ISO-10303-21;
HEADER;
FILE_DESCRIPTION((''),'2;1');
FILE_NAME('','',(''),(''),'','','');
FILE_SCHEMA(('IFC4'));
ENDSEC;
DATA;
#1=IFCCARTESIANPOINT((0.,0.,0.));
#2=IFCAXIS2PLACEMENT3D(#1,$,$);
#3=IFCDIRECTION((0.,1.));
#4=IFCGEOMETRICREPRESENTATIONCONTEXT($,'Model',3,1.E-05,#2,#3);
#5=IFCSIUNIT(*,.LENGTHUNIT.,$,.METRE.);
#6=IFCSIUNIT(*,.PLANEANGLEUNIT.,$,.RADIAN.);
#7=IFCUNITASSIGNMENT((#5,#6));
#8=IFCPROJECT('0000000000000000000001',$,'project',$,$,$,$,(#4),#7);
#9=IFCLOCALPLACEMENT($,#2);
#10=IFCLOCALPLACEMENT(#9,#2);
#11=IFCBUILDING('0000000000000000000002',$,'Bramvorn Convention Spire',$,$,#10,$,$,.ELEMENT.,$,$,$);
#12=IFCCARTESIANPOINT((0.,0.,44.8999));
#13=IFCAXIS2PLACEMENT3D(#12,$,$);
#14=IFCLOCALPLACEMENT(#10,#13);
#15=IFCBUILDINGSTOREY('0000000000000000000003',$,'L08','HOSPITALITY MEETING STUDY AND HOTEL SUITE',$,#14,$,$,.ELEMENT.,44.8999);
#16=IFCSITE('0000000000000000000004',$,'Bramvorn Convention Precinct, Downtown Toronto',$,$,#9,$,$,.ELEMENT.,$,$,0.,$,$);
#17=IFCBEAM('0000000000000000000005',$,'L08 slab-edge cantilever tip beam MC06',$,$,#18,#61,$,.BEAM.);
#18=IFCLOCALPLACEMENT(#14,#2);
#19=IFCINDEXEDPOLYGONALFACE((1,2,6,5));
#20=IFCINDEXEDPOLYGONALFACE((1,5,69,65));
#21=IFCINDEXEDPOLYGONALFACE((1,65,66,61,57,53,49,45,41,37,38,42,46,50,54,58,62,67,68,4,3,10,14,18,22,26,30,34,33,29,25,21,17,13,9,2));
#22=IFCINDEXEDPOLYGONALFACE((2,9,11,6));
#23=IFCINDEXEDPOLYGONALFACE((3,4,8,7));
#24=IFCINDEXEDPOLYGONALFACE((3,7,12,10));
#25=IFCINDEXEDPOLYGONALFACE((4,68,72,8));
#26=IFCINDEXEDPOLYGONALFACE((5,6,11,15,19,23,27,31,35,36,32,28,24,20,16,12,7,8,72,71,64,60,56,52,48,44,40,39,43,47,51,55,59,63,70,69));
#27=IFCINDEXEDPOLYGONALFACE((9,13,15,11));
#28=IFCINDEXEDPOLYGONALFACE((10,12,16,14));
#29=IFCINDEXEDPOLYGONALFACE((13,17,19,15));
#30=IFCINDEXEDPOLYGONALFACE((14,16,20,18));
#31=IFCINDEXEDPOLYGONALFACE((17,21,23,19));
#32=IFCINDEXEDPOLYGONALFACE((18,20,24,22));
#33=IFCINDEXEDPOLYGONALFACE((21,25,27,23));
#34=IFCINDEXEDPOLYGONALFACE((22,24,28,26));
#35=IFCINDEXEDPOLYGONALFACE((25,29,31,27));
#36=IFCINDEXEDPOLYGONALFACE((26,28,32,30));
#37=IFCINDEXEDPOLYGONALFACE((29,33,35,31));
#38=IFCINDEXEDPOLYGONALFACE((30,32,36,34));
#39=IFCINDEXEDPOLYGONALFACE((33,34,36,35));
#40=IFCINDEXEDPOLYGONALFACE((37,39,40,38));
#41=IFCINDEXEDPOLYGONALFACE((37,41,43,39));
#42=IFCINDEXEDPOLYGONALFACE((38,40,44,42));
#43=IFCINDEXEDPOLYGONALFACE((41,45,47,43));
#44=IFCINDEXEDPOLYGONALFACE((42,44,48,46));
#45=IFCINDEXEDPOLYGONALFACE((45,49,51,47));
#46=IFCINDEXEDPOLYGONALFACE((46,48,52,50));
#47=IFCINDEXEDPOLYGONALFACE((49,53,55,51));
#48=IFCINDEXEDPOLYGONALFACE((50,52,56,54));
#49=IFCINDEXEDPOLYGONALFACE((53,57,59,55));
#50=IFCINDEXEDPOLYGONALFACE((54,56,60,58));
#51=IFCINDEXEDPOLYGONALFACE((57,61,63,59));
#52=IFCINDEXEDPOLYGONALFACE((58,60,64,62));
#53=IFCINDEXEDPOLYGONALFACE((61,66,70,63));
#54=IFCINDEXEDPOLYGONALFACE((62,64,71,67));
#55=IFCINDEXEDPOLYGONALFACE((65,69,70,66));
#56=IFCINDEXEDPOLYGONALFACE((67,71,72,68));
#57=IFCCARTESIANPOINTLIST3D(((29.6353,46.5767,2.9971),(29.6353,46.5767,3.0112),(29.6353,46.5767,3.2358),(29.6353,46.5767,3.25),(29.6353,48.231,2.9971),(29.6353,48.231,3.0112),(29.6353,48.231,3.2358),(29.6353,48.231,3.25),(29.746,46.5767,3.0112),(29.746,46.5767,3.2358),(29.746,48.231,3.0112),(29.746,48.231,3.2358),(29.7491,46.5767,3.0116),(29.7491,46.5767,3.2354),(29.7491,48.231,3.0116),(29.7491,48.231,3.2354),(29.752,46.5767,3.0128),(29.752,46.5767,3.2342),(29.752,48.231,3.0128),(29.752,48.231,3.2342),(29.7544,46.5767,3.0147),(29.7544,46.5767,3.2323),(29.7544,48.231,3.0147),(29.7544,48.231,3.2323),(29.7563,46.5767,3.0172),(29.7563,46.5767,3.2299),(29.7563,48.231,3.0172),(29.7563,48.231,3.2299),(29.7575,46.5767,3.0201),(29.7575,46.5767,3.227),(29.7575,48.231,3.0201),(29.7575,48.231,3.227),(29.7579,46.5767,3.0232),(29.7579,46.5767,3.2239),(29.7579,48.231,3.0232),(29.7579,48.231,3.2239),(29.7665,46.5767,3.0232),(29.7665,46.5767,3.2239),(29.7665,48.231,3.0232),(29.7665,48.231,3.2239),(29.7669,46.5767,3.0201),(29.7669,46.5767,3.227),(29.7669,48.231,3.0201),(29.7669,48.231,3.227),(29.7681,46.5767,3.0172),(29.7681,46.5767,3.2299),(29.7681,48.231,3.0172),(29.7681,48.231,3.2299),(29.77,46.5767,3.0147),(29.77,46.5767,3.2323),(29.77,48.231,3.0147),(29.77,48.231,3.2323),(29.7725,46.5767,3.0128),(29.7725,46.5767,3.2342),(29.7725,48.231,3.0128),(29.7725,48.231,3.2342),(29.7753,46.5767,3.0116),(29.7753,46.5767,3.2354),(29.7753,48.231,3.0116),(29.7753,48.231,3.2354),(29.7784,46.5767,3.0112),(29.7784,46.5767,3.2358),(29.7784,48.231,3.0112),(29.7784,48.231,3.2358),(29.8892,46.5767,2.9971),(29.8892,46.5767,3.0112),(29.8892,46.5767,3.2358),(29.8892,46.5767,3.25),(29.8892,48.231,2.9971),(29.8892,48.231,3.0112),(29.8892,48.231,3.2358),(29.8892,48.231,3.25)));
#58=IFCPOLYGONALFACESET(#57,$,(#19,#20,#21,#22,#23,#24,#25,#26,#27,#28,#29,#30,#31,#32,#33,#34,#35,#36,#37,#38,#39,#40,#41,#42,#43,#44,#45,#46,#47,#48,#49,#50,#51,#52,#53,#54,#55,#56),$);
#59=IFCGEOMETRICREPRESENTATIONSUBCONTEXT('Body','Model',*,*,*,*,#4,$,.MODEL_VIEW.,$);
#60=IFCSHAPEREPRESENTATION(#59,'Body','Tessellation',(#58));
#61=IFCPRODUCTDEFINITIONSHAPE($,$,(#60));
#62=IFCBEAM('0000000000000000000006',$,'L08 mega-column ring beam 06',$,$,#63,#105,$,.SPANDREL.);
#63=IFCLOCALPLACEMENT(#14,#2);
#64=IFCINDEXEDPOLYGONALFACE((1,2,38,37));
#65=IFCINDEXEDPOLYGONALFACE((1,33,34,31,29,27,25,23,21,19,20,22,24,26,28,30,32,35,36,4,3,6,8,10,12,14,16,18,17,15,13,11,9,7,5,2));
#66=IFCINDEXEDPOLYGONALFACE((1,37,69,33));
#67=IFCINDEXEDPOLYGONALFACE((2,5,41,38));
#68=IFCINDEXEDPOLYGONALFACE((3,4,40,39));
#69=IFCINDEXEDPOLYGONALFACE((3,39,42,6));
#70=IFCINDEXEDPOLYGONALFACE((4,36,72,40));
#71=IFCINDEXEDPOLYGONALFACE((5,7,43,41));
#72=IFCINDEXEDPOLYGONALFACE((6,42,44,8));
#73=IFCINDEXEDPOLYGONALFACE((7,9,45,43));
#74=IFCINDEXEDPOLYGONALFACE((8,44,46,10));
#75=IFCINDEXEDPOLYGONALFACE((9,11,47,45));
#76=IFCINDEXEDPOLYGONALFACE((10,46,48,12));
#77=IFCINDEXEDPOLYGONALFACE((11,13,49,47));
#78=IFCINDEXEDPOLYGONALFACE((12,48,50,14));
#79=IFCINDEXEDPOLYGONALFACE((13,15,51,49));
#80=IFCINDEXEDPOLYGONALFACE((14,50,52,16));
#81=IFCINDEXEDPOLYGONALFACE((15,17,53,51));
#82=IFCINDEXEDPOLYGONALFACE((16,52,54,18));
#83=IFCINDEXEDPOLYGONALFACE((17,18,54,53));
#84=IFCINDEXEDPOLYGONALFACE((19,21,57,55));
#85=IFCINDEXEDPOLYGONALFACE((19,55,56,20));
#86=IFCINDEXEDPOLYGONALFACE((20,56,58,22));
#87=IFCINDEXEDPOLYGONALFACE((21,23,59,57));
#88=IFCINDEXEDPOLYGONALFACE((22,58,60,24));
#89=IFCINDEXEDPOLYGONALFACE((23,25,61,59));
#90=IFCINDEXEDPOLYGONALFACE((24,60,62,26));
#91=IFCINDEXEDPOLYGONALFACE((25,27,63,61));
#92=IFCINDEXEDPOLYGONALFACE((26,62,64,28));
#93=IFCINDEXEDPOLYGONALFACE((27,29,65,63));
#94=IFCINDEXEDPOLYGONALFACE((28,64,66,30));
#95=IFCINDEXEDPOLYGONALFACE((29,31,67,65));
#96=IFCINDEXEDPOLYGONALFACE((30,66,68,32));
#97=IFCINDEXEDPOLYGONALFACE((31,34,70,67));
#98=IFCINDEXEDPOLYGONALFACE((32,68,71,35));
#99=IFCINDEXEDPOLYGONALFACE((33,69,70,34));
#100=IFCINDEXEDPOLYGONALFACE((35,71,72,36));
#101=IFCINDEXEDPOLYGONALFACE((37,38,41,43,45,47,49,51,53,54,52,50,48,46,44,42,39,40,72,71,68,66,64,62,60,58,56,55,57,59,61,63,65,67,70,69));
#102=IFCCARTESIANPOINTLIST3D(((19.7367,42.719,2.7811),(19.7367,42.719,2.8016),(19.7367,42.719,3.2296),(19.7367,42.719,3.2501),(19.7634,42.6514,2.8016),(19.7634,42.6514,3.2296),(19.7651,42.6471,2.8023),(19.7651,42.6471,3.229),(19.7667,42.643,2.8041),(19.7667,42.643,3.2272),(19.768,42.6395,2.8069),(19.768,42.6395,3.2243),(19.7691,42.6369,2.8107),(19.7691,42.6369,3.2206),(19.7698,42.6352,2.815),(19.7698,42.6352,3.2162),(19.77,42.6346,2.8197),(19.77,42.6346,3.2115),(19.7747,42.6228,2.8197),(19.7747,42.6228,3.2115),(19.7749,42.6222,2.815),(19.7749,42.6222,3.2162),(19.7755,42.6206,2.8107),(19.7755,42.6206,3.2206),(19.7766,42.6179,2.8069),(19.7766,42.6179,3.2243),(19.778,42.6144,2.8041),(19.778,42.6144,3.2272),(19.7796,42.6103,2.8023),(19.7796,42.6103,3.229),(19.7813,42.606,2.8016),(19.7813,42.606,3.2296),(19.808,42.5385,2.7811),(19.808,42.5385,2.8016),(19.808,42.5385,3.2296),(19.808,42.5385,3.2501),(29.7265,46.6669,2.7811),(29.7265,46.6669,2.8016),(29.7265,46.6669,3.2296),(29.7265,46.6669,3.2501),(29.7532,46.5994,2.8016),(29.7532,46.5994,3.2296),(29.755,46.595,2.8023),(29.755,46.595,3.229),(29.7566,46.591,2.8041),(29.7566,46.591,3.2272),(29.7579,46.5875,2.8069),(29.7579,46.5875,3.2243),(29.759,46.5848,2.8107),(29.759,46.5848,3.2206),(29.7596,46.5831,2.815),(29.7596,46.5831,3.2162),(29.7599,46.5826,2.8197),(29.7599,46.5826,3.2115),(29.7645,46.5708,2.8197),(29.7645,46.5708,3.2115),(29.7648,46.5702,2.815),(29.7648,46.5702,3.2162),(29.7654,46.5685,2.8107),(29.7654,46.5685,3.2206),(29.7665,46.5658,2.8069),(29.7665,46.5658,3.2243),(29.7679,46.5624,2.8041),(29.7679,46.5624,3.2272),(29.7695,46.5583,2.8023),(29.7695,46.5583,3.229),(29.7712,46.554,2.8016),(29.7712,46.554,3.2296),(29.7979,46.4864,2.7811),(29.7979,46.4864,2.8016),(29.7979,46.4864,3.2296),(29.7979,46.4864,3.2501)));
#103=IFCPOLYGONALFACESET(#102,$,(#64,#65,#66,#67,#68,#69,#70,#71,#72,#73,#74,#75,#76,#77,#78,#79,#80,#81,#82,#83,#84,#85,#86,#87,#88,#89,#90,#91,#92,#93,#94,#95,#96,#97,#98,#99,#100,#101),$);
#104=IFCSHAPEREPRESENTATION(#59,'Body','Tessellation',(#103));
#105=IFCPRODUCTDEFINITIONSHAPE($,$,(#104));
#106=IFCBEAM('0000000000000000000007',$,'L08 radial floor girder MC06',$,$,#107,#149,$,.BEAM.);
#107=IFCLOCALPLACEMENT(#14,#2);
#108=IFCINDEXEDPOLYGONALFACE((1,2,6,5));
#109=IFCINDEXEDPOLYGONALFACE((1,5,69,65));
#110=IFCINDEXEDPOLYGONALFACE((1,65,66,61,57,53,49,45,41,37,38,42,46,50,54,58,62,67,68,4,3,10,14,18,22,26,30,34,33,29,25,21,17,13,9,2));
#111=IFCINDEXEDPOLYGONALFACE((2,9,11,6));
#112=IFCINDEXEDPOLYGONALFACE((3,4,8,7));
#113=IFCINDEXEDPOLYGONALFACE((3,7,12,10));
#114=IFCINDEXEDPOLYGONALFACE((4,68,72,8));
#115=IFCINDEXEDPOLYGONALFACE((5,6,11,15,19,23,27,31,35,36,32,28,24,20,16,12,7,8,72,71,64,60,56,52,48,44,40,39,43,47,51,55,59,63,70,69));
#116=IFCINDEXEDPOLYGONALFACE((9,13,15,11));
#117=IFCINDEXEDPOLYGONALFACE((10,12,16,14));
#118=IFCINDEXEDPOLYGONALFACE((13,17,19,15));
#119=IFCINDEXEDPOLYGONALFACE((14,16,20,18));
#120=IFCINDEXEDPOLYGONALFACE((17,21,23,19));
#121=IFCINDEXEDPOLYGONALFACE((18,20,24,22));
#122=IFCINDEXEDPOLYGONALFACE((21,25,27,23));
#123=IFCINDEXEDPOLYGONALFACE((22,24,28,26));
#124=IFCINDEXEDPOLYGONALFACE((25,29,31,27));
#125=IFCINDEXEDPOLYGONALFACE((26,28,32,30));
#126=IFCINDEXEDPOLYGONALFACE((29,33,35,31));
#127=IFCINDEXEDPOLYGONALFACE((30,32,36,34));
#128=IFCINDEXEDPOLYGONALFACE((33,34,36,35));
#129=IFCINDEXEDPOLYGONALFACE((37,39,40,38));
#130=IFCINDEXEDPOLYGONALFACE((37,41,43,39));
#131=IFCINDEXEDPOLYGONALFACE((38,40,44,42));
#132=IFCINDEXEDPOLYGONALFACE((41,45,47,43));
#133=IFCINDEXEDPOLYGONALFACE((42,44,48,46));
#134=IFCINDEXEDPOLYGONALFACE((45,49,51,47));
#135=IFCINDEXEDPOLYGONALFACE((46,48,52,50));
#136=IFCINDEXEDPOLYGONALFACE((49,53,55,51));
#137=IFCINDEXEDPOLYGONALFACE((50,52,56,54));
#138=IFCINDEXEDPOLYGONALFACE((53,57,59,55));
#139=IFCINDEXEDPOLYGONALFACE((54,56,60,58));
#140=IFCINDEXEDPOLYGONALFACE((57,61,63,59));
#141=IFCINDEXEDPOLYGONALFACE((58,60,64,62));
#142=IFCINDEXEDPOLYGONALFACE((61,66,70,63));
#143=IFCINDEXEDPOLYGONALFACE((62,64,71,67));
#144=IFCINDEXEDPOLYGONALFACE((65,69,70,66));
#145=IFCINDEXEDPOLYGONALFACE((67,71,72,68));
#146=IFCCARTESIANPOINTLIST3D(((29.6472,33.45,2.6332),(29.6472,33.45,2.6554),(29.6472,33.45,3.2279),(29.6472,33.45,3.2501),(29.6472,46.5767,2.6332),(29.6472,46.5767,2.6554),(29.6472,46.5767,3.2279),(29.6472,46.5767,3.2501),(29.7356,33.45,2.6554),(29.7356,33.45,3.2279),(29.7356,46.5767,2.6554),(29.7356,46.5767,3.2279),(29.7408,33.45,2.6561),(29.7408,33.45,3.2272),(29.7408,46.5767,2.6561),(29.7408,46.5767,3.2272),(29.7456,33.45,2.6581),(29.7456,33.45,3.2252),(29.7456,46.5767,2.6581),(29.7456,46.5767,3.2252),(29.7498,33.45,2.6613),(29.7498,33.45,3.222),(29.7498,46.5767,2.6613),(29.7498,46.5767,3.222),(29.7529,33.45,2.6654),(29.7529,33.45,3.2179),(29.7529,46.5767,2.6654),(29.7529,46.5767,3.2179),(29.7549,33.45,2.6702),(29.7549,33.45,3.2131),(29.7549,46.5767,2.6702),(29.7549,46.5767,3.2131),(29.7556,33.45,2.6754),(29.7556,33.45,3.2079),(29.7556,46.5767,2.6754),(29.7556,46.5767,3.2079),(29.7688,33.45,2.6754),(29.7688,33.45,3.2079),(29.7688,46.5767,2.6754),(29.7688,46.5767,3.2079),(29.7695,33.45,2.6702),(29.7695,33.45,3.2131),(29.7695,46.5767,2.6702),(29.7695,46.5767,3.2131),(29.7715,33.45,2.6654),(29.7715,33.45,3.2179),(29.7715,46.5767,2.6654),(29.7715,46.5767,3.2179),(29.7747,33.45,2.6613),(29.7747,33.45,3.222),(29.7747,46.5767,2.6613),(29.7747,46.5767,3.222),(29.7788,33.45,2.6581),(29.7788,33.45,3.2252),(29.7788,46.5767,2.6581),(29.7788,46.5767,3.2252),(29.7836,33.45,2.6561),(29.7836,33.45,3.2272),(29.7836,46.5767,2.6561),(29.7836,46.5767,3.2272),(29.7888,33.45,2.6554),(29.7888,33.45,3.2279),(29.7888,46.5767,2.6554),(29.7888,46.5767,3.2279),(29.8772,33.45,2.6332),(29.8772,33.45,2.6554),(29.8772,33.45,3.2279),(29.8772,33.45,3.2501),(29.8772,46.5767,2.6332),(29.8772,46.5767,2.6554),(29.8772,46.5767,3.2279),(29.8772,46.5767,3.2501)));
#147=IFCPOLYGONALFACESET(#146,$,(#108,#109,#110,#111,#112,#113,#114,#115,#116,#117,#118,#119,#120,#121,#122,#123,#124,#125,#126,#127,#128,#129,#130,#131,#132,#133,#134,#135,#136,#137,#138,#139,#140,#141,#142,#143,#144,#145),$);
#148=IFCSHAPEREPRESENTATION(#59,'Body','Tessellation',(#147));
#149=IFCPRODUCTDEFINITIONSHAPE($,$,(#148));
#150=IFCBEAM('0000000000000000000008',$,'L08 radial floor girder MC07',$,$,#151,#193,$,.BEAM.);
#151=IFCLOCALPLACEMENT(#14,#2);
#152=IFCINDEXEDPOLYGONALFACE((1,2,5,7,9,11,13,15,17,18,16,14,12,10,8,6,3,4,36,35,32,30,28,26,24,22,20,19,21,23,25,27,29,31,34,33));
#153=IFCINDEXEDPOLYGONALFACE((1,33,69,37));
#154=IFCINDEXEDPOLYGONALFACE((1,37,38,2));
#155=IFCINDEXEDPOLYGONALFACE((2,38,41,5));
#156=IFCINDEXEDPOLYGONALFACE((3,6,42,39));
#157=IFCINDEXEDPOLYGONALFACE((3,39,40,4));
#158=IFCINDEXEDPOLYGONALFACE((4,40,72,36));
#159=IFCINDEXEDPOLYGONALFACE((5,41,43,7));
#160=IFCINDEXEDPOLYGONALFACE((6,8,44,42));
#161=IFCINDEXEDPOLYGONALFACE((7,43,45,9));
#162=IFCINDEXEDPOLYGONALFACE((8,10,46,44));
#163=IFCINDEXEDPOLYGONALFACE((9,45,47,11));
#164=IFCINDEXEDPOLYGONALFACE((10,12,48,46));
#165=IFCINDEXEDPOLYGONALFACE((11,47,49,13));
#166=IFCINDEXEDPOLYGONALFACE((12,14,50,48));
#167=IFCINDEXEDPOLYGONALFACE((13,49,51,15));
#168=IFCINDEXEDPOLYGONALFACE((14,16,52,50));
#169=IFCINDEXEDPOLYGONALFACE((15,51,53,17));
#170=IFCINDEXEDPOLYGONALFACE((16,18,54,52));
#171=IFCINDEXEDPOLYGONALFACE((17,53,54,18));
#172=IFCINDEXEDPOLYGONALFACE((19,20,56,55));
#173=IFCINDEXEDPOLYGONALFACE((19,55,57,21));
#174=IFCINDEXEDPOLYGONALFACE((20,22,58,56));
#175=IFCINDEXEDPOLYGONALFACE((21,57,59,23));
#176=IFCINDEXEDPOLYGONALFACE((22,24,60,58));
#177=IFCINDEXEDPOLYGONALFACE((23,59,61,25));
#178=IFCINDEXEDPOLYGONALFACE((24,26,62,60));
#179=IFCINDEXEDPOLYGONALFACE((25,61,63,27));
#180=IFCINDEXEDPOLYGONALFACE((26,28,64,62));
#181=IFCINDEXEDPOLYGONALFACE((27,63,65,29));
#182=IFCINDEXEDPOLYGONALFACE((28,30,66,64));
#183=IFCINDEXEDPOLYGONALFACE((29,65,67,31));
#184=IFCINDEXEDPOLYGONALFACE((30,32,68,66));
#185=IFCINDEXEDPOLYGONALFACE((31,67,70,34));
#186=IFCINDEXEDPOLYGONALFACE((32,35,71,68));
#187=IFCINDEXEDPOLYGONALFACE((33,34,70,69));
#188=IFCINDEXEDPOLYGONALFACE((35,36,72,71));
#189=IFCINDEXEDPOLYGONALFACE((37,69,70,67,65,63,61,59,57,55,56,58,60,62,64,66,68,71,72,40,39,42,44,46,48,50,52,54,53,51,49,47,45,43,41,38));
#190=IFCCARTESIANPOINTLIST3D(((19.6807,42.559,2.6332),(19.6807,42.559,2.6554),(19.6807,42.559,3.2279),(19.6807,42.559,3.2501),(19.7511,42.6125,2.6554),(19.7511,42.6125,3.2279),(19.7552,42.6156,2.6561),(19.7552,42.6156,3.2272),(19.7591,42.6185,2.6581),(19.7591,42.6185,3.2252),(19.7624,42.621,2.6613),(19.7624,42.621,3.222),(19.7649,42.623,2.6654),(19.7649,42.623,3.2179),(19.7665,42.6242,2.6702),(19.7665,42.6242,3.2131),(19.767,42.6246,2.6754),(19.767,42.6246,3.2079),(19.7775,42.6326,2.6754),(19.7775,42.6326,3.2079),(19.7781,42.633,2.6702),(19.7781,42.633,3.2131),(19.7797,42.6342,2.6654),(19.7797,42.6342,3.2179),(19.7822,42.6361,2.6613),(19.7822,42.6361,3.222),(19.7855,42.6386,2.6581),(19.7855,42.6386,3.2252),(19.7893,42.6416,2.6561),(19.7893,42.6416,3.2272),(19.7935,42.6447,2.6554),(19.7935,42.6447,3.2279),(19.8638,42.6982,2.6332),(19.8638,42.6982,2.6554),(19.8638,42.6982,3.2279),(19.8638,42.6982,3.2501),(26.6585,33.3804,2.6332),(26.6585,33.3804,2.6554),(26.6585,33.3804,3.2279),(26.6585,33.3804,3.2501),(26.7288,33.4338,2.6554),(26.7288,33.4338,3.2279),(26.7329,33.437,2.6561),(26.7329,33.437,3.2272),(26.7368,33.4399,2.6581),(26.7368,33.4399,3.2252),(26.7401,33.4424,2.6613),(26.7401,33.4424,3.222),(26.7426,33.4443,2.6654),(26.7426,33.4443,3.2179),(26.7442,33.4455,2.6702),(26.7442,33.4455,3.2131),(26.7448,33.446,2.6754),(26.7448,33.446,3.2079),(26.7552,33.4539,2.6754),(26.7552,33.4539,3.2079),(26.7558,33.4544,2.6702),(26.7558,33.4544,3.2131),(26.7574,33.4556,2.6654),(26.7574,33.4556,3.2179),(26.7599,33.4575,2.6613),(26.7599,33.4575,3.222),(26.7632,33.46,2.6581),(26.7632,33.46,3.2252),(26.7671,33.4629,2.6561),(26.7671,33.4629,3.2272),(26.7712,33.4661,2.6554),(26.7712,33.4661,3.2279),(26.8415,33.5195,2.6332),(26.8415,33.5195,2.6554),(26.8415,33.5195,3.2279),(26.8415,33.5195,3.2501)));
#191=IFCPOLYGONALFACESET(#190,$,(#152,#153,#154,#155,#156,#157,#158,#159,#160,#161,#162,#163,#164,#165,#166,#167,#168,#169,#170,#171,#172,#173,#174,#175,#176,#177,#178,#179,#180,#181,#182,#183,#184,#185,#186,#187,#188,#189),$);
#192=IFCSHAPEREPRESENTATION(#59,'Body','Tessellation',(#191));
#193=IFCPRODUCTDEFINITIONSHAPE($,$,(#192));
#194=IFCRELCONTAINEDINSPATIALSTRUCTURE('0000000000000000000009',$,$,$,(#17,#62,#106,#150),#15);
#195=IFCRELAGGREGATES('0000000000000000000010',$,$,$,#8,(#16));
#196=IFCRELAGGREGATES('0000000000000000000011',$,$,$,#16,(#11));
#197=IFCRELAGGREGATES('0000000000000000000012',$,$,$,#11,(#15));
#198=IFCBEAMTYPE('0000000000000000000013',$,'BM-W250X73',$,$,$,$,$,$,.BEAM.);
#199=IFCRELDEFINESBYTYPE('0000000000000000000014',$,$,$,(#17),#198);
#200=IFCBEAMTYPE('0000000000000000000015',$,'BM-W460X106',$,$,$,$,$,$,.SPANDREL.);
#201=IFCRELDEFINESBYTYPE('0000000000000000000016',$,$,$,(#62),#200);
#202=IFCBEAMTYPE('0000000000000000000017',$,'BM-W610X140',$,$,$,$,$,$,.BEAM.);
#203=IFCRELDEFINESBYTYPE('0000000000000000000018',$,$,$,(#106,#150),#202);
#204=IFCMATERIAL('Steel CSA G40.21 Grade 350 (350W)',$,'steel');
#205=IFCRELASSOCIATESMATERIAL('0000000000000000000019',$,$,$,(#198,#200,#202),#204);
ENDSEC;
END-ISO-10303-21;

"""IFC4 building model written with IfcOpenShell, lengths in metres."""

from ifc_helpers import new_model, si_unit, direction, frame, origin, origin_2d, place, context, subcontext, project, spatial, i_section, extrude, material, material_profile, profile_set, type_object, element, save


model = new_model("IFC4")

# Units and contexts
model_context = context("Model", 3, precision=1e-05, world=origin(), true_north=direction((0.0, 1.0)))
body_context = subcontext(model_context, "Body", "Model", "MODEL_VIEW")
ifc_project = project(units=[si_unit("LENGTHUNIT", "METRE"), si_unit("PLANEANGLEUNIT", "RADIAN")], contexts=[model_context])

# Site, building, storey
site_placement = place(None, origin())
site = spatial("IfcSite", under=ifc_project, at=site_placement, Name="Bramvorn Convention Precinct, Downtown Toronto", CompositionType="ELEMENT", RefElevation=0.0)
building_placement = place(site_placement, origin())
building = spatial("IfcBuilding", under=site, at=building_placement, Name="Bramvorn Convention Spire", CompositionType="ELEMENT")
storey_placement = place(building_placement, frame((0.0, 0.0, 44.8999)))
storey = spatial("IfcBuildingStorey", under=building, at=storey_placement, Name="L08", Description="HOSPITALITY MEETING STUDY AND HOTEL SUITE", CompositionType="ELEMENT", Elevation=44.8999)

# Shared definitions
ifc_material_1 = material(Name="Steel CSA G40.21 Grade 350 (350W)", Category="steel")

# Beams
ifc_material_profile_1 = material_profile(ifc_material_1, i_section(OverallWidth=0.2539, OverallDepth=0.2529, WebThickness=0.0085, FlangeThickness=0.0142, FilletRadius=0.012, at=origin_2d()))
ifc_profile_set_1 = profile_set([ifc_material_profile_1], Name="Steel CSA G40.21 Grade 350 (350W) - W250X73")
beam_type_1 = type_object("IfcBeamType", Name="BM-W250X73", PredefinedType="BEAM", material=ifc_profile_set_1)
beam_1_placement = place(storey_placement, frame((29.7622, 46.5767, 3.1235), z_axis=(0.0, 1.0, 0.0), x_axis=(-1.0, 0.0, 0.0)))
element("IfcBeam", 1, at=beam_1_placement, inside=storey, type_object=beam_type_1, Name="L08 slab-edge cantilever tip beam MC06", PredefinedType="BEAM", context=body_context, shape_type="SweptSolid", body=[
    extrude(i_section(OverallWidth=0.2539, OverallDepth=0.2529, WebThickness=0.0085, FlangeThickness=0.0142, FilletRadius=0.012, at=origin_2d()), origin(), (0.0, 0.0, 1.0), 1.6543),
])
ifc_material_profile_2 = material_profile(ifc_material_1, i_section(OverallWidth=0.1941, OverallDepth=0.469, WebThickness=0.0127, FlangeThickness=0.0205, FilletRadius=0.0181, at=origin_2d()))
ifc_profile_set_2 = profile_set([ifc_material_profile_2], Name="Steel CSA G40.21 Grade 350 (350W) - W460X106")
beam_type_2 = type_object("IfcBeamType", Name="BM-W460X106", PredefinedType="SPANDREL", material=ifc_profile_set_2)
beam_2_placement = place(storey_placement, frame((29.7622, 46.5767, 3.0156), z_axis=(-0.93001, -0.367535, 0.0), x_axis=(0.367535, -0.93001, 0.0)))
element("IfcBeam", 2, at=beam_2_placement, inside=storey, type_object=beam_type_2, Name="L08 mega-column ring beam 06", PredefinedType="SPANDREL", context=body_context, shape_type="SweptSolid", body=[
    extrude(i_section(OverallWidth=0.1941, OverallDepth=0.469, WebThickness=0.0127, FlangeThickness=0.0205, FilletRadius=0.0181, at=origin_2d()), origin(), (0.0, 0.0, 1.0), 10.7417),
])
ifc_material_profile_3 = material_profile(ifc_material_1, i_section(OverallWidth=0.23, OverallDepth=0.6169, WebThickness=0.0132, FlangeThickness=0.0222, FilletRadius=0.02, at=origin_2d()))
ifc_profile_set_3 = profile_set([ifc_material_profile_3], Name="Steel CSA G40.21 Grade 350 (350W) - W610X140")
beam_type_3 = type_object("IfcBeamType", Name="BM-W610X140", PredefinedType="BEAM", material=ifc_profile_set_3)
beam_3_placement = place(storey_placement, frame((29.7622, 33.45, 2.9417), z_axis=(0.0, 1.0, 0.0), x_axis=(-1.0, 0.0, 0.0)))
element("IfcBeam", 3, at=beam_3_placement, inside=storey, type_object=beam_type_3, Name="L08 radial floor girder MC06", PredefinedType="BEAM", context=body_context, shape_type="SweptSolid", body=[
    extrude(i_section(OverallWidth=0.23, OverallDepth=0.6169, WebThickness=0.0132, FlangeThickness=0.0222, FilletRadius=0.02, at=origin_2d()), origin(), (0.0, 0.0, 1.0), 13.1267),
])
beam_4_placement = place(storey_placement, frame((26.75, 33.45, 2.9417), z_axis=(-0.605191, 0.79608, 0.0), x_axis=(-0.79608, -0.605191, 0.0)))
element("IfcBeam", 4, at=beam_4_placement, inside=storey, type_object=beam_type_3, Name="L08 radial floor girder MC07", PredefinedType="BEAM", context=body_context, shape_type="SweptSolid", body=[
    extrude(i_section(OverallWidth=0.23, OverallDepth=0.6169, WebThickness=0.0132, FlangeThickness=0.0222, FilletRadius=0.02, at=origin_2d()), origin(), (0.0, 0.0, 1.0), 11.5298),
])

save(model, "model.ifc")
